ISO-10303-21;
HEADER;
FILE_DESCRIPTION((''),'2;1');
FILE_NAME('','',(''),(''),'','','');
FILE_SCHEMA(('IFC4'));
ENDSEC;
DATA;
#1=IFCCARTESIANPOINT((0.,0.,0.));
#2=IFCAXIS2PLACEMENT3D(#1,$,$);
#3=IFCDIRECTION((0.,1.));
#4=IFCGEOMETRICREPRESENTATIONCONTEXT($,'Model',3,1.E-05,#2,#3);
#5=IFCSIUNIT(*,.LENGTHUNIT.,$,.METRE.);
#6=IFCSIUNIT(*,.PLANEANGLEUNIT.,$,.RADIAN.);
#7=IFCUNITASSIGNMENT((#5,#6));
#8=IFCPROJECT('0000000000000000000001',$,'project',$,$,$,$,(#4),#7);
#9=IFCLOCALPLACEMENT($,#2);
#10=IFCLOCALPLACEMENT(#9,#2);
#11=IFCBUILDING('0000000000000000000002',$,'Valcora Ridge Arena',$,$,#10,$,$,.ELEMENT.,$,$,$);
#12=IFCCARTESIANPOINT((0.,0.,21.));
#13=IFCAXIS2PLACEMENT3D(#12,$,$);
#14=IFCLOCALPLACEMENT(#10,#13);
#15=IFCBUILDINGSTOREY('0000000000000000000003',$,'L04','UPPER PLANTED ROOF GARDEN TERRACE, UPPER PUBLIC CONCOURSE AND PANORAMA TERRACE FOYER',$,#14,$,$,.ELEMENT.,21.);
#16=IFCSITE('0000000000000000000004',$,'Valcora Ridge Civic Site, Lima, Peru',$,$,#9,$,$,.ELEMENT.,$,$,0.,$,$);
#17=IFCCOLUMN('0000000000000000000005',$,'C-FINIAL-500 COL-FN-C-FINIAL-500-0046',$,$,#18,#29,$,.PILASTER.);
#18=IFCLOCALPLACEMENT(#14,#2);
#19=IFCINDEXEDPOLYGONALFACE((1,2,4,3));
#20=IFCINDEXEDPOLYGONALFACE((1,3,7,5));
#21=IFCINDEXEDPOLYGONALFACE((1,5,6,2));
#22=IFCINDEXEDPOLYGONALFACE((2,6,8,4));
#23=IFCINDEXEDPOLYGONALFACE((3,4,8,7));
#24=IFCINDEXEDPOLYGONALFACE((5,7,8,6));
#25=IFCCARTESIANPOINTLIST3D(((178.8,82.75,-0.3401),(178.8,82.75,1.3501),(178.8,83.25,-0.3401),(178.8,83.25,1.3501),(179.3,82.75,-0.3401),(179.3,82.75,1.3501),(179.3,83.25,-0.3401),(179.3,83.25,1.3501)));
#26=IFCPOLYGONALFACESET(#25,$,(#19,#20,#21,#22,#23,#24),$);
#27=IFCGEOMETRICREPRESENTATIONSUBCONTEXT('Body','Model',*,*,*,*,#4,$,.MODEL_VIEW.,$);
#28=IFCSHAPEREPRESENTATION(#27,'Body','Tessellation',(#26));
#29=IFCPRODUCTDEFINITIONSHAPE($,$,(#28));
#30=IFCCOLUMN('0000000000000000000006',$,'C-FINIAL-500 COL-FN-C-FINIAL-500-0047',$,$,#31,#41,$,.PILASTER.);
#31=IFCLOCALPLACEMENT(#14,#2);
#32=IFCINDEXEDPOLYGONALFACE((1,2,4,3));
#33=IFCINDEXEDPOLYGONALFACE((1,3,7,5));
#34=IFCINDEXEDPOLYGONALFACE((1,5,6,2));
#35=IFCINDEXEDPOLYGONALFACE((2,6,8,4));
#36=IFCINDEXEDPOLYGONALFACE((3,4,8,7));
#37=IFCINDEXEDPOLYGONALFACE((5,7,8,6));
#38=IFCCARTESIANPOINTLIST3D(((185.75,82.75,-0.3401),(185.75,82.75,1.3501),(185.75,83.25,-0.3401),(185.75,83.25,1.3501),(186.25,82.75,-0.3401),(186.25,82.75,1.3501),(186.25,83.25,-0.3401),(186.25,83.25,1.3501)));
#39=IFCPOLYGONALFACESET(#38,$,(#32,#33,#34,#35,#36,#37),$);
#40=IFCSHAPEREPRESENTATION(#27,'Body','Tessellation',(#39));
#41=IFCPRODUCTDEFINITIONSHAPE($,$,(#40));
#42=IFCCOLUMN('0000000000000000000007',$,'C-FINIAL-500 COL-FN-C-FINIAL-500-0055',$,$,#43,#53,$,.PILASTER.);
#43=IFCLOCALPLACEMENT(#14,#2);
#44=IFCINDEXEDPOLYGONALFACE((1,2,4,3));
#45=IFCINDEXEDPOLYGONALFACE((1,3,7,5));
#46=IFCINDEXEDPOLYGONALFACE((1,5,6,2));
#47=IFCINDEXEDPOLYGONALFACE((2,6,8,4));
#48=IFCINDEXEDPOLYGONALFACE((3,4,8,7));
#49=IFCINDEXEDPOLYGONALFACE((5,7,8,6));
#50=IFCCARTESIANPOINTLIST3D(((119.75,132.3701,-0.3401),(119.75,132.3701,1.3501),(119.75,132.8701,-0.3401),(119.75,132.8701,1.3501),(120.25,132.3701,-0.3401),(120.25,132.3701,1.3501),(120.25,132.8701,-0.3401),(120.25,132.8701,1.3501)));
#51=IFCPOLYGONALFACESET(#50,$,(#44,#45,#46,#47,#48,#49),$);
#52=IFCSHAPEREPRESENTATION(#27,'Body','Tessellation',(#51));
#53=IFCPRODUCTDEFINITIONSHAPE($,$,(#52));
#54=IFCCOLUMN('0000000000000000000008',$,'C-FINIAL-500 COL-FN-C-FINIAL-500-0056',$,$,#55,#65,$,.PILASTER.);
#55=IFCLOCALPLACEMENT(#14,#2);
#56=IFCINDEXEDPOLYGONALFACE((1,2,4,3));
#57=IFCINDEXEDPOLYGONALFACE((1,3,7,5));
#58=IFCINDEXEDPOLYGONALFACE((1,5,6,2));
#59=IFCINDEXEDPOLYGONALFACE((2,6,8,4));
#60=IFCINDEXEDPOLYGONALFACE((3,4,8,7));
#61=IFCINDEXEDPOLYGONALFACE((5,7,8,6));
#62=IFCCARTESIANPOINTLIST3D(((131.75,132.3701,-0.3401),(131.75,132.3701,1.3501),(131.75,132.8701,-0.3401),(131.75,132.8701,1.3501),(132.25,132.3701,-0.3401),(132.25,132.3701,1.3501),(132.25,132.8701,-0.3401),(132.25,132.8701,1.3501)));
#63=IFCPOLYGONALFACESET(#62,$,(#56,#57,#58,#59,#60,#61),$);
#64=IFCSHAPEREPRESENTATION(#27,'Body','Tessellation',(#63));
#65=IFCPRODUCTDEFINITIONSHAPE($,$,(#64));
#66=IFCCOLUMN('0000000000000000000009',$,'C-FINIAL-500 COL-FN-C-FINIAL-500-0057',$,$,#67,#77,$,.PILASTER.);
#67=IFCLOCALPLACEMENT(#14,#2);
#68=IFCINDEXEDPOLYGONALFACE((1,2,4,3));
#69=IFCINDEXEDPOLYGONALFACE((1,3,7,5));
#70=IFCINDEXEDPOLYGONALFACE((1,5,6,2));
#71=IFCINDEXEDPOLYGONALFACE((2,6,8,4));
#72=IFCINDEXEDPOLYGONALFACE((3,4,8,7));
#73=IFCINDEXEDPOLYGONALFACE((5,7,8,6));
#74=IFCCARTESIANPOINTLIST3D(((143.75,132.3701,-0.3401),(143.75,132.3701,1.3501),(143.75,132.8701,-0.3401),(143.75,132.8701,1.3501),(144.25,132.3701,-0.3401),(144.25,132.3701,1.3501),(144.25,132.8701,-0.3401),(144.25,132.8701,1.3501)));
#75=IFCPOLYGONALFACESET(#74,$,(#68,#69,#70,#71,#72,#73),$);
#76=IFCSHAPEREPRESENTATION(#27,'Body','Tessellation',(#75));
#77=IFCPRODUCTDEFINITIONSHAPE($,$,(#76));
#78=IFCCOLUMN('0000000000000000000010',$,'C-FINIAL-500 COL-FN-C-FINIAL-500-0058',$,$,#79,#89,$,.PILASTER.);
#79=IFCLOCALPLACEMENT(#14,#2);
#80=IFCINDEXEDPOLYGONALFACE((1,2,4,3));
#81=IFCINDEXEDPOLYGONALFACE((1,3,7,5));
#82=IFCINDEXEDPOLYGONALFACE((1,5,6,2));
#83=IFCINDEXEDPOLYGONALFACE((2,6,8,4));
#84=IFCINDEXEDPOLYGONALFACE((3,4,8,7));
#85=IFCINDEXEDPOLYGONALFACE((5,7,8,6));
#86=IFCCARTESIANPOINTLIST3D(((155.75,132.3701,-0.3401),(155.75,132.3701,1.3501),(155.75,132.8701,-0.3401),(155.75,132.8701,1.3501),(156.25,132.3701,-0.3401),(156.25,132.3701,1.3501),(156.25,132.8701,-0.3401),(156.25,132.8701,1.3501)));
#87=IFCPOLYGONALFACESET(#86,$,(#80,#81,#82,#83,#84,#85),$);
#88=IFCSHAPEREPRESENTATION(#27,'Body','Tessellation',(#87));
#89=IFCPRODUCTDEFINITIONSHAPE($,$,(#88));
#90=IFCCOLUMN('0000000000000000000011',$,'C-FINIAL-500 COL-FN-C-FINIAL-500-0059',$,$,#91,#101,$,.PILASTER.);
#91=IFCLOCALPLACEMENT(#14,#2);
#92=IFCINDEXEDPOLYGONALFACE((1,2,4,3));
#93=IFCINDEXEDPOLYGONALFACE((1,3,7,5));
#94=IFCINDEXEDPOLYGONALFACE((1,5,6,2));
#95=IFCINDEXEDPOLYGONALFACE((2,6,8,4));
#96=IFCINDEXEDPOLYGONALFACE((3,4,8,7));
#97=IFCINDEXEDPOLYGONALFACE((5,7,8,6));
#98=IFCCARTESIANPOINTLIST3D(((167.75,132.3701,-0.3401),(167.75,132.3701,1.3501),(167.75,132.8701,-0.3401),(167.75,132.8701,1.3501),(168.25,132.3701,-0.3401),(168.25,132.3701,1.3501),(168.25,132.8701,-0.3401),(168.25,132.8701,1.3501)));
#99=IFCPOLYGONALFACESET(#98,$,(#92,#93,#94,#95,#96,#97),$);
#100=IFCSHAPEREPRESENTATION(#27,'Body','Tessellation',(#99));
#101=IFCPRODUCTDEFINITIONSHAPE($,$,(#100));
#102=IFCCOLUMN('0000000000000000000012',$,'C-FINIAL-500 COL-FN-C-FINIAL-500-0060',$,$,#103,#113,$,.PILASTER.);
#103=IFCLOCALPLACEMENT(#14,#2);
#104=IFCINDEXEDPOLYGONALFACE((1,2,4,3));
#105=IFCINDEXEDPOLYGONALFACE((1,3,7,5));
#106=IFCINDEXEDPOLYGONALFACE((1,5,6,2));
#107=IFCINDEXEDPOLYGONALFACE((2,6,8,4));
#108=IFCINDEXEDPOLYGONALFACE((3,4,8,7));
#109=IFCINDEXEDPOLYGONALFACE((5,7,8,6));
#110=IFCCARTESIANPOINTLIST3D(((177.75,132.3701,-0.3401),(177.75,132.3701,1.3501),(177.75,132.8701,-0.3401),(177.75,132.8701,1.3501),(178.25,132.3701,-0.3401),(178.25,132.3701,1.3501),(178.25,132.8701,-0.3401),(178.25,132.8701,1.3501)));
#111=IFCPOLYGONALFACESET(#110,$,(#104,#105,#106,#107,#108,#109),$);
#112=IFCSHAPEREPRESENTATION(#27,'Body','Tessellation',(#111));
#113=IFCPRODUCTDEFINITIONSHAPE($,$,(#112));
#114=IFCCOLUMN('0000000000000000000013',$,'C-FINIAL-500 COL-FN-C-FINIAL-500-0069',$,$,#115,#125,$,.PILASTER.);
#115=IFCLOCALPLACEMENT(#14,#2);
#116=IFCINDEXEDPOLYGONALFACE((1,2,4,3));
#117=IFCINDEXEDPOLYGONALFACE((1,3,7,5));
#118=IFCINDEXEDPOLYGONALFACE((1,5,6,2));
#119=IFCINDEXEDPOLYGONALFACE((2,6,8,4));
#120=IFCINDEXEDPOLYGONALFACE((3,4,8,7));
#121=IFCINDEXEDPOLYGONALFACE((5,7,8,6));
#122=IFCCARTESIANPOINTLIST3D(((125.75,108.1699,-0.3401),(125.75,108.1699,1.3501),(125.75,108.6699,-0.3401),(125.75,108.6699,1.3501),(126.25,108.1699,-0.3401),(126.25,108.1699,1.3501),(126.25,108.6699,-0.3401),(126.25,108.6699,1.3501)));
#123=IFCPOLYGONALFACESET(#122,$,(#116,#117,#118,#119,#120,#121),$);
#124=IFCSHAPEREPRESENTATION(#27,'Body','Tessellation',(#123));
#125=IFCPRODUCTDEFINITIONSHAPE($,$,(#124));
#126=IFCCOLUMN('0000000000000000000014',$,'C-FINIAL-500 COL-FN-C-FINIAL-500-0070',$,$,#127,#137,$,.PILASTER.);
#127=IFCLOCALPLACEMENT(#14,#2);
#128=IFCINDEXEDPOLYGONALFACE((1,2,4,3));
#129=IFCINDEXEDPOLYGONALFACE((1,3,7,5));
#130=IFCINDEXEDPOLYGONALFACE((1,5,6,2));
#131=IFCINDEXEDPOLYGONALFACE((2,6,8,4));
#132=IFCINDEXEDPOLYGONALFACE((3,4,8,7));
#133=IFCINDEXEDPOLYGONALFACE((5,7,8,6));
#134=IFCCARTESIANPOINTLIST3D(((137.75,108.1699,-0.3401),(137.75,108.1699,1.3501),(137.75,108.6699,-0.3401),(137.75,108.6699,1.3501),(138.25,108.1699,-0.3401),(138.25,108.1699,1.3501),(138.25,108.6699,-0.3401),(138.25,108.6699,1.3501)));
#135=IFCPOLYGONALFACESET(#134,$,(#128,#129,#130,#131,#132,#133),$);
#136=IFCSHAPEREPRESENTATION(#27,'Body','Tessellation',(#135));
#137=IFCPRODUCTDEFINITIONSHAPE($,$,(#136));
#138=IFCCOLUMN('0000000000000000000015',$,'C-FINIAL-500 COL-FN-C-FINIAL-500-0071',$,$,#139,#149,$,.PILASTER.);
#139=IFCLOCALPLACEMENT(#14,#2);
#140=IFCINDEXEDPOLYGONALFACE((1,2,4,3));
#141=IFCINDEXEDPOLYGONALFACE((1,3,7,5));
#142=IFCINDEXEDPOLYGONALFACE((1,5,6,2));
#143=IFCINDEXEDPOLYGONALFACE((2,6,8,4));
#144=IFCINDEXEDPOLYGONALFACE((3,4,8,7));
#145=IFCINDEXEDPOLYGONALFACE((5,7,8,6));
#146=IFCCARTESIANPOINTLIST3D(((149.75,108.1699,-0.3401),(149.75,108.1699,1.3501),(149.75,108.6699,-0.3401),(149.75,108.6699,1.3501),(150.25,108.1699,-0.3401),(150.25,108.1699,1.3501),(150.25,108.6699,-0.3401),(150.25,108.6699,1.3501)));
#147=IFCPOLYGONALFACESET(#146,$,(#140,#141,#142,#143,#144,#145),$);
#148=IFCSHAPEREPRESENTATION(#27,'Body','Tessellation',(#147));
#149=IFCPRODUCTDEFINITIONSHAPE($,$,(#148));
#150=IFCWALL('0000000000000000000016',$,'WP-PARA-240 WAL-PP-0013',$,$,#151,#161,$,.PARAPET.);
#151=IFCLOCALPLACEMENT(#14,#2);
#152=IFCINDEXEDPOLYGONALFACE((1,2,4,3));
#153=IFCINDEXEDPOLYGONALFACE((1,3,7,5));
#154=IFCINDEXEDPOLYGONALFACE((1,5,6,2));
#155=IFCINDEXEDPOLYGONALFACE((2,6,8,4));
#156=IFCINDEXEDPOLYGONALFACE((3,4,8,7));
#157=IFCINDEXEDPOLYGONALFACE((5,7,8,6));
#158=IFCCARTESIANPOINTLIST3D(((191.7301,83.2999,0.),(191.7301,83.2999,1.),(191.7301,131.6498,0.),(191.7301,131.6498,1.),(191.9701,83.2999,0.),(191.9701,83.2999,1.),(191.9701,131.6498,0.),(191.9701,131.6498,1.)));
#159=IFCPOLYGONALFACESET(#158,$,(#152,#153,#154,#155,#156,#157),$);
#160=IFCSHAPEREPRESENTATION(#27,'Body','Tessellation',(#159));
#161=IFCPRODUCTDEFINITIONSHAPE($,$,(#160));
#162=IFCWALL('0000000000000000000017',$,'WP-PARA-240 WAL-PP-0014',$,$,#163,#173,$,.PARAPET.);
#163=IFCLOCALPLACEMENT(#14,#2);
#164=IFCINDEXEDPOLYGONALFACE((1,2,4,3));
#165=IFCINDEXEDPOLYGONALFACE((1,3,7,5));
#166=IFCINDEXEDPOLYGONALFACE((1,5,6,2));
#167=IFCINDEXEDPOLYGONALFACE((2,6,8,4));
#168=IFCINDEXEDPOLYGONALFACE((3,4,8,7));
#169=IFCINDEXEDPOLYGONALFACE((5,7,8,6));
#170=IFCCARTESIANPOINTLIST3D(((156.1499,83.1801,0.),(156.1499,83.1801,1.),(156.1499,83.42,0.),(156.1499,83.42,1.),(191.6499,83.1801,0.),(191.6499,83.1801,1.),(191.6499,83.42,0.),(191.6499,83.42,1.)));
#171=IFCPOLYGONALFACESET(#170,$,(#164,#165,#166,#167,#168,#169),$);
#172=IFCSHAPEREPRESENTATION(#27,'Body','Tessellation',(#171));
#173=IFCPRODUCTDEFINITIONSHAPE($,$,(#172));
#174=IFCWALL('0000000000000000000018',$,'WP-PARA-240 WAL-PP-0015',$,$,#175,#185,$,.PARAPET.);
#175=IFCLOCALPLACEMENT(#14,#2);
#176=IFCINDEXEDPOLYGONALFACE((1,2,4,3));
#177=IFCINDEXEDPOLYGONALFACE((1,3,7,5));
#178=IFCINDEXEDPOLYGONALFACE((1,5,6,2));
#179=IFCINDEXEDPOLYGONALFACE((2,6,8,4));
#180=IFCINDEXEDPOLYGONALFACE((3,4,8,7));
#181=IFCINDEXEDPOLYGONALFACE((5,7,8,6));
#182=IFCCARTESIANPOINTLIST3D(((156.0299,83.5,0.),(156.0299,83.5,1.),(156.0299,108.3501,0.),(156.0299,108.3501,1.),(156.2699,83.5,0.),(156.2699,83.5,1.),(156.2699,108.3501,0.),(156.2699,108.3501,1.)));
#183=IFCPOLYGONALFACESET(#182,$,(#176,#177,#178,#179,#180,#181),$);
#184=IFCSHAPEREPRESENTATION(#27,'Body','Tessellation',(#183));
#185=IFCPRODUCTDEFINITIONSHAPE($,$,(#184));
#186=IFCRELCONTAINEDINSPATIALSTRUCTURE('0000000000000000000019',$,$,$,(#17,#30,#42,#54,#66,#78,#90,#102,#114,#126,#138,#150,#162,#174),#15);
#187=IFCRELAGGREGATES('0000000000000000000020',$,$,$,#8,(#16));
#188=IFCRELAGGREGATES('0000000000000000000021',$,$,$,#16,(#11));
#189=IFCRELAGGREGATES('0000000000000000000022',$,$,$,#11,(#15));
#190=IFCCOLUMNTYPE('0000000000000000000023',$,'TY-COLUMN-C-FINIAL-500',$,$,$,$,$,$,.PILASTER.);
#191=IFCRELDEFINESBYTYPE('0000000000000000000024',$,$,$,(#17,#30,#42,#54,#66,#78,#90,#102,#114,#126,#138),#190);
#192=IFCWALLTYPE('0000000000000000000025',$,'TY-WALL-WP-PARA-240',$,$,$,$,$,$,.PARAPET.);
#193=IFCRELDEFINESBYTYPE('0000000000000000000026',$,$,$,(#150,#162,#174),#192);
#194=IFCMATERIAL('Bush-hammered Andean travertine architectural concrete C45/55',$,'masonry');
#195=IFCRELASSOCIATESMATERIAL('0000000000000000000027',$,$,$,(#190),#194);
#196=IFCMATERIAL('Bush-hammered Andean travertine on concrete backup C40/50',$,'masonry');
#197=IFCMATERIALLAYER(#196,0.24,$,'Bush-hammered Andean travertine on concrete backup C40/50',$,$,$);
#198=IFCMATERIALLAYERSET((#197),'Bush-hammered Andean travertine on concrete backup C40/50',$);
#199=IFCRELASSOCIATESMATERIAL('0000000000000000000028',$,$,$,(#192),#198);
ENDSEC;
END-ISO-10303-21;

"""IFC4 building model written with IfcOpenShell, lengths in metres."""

from ifc_helpers import new_model, si_unit, direction, frame, frame_2d, origin, origin_2d, place, context, subcontext, project, spatial, rectangle, extrude, material, layer, layer_set, material_profile, profile_set, type_object, element, save


model = new_model("IFC4")

# Units and contexts
model_context = context("Model", 3, precision=1e-05, world=origin(), true_north=direction((0.0, 1.0)))
body_context = subcontext(model_context, "Body", "Model", "MODEL_VIEW")
ifc_project = project(units=[si_unit("LENGTHUNIT", "METRE"), si_unit("PLANEANGLEUNIT", "RADIAN")], contexts=[model_context])

# Site, building, storey
site_placement = place(None, origin())
site = spatial("IfcSite", under=ifc_project, at=site_placement, Name="Valcora Ridge Civic Site, Lima, Peru", CompositionType="ELEMENT", RefElevation=0.0)
building_placement = place(site_placement, origin())
building = spatial("IfcBuilding", under=site, at=building_placement, Name="Valcora Ridge Arena", CompositionType="ELEMENT")
storey_placement = place(building_placement, frame((0.0, 0.0, 21.0)))
storey = spatial("IfcBuildingStorey", under=building, at=storey_placement, Name="L04", Description="UPPER PLANTED ROOF GARDEN TERRACE, UPPER PUBLIC CONCOURSE AND PANORAMA TERRACE FOYER", CompositionType="ELEMENT", Elevation=21.0)

# Columns
ifc_material_1 = material(Name="Bush-hammered Andean travertine architectural concrete C45/55", Category="masonry")
ifc_material_profile = material_profile(ifc_material_1, rectangle(XDim=0.5, YDim=0.5, at=origin_2d()), Name="RC 500x500")
ifc_profile_set = profile_set([ifc_material_profile], Name="Bush-hammered Andean travertine architectural concrete C45/55")
column_type = type_object("IfcColumnType", Name="TY-COLUMN-C-FINIAL-500", PredefinedType="PILASTER", material=ifc_profile_set)
for number, where, z_axis, x_axis, name in (
    (1, (179.05, 83.0, -0.3401), (0.0, 0.0, 1.0), (1.0, 0.0, 0.0), "C-FINIAL-500 COL-FN-C-FINIAL-500-0046"),
    (2, (186.0, 83.0, -0.3401), (0.0, 0.0, 1.0), (1.0, 0.0, 0.0), "C-FINIAL-500 COL-FN-C-FINIAL-500-0047"),
    (3, (120.0, 132.6201, -0.3401), (0.0, 0.0, 1.0), (1.0, 0.0, 0.0), "C-FINIAL-500 COL-FN-C-FINIAL-500-0055"),
    (4, (132.0, 132.6201, -0.3401), (0.0, 0.0, 1.0), (1.0, 0.0, 0.0), "C-FINIAL-500 COL-FN-C-FINIAL-500-0056"),
    (5, (144.0, 132.6201, -0.3401), (0.0, 0.0, 1.0), (1.0, 0.0, 0.0), "C-FINIAL-500 COL-FN-C-FINIAL-500-0057"),
    (6, (156.0, 132.6201, -0.3401), (0.0, 0.0, 1.0), (1.0, 0.0, 0.0), "C-FINIAL-500 COL-FN-C-FINIAL-500-0058"),
    (7, (168.0, 132.6201, -0.3401), (0.0, 0.0, 1.0), (1.0, 0.0, 0.0), "C-FINIAL-500 COL-FN-C-FINIAL-500-0059"),
    (8, (178.0, 132.6201, -0.3401), (0.0, 0.0, 1.0), (1.0, 0.0, 0.0), "C-FINIAL-500 COL-FN-C-FINIAL-500-0060"),
    (9, (126.0, 108.4199, -0.3401), (0.0, 0.0, 1.0), (1.0, 0.0, 0.0), "C-FINIAL-500 COL-FN-C-FINIAL-500-0069"),
    (10, (138.0, 108.4199, -0.3401), (0.0, 0.0, 1.0), (1.0, 0.0, 0.0), "C-FINIAL-500 COL-FN-C-FINIAL-500-0070"),
    (11, (150.0, 108.4199, -0.3401), (0.0, 0.0, 1.0), (1.0, 0.0, 0.0), "C-FINIAL-500 COL-FN-C-FINIAL-500-0071"),
):
    element("IfcColumn", number, at=place(storey_placement, frame(where, z_axis=z_axis, x_axis=x_axis)), inside=storey, type_object=column_type, Name=name, PredefinedType="PILASTER", context=body_context, shape_type="SweptSolid", body=[
        extrude(rectangle(XDim=0.5, YDim=0.5, at=origin_2d()), origin(), (0.0, 0.0, 1.0), 1.6902),
    ])

# Walls
ifc_material_2 = material(Name="Bush-hammered Andean travertine on concrete backup C40/50", Category="masonry")
ifc_layer = layer(ifc_material_2, 0.24, Name="Bush-hammered Andean travertine on concrete backup C40/50")
ifc_layer_set = layer_set([ifc_layer], Name="Bush-hammered Andean travertine on concrete backup C40/50")
wall_type = type_object("IfcWallType", Name="TY-WALL-WP-PARA-240", PredefinedType="PARAPET", material=ifc_layer_set)
wall_1_placement = place(storey_placement, frame((191.8501, 83.3, 0.0), z_axis=(0.0, 0.0, 1.0), x_axis=(0.0, 1.0, 0.0)))
element("IfcWall", 12, at=wall_1_placement, inside=storey, type_object=wall_type, Name="WP-PARA-240 WAL-PP-0013", PredefinedType="PARAPET", context=body_context, shape_type="SweptSolid", body=[
    extrude(rectangle(XDim=48.3499, YDim=0.24, at=frame_2d((24.1748, 0.0))), origin(), (0.0, 0.0, 1.0), 1.0),
])
wall_2_placement = place(storey_placement, frame((156.1499, 83.3, 0.0), z_axis=(0.0, 0.0, 1.0), x_axis=(1.0, 0.0, 0.0)))
element("IfcWall", 13, at=wall_2_placement, inside=storey, type_object=wall_type, Name="WP-PARA-240 WAL-PP-0014", PredefinedType="PARAPET", context=body_context, shape_type="SweptSolid", body=[
    extrude(rectangle(XDim=35.5, YDim=0.24, at=frame_2d((17.75, 0.0))), origin(), (0.0, 0.0, 1.0), 1.0),
])
wall_3_placement = place(storey_placement, frame((156.1499, 83.5, 0.0), z_axis=(0.0, 0.0, 1.0), x_axis=(0.0, 1.0, 0.0)))
element("IfcWall", 14, at=wall_3_placement, inside=storey, type_object=wall_type, Name="WP-PARA-240 WAL-PP-0015", PredefinedType="PARAPET", context=body_context, shape_type="SweptSolid", body=[
    extrude(rectangle(XDim=24.8501, YDim=0.24, at=frame_2d((12.425, 0.0))), origin(), (0.0, 0.0, 1.0), 1.0),
])

save(model, "model.ifc")
